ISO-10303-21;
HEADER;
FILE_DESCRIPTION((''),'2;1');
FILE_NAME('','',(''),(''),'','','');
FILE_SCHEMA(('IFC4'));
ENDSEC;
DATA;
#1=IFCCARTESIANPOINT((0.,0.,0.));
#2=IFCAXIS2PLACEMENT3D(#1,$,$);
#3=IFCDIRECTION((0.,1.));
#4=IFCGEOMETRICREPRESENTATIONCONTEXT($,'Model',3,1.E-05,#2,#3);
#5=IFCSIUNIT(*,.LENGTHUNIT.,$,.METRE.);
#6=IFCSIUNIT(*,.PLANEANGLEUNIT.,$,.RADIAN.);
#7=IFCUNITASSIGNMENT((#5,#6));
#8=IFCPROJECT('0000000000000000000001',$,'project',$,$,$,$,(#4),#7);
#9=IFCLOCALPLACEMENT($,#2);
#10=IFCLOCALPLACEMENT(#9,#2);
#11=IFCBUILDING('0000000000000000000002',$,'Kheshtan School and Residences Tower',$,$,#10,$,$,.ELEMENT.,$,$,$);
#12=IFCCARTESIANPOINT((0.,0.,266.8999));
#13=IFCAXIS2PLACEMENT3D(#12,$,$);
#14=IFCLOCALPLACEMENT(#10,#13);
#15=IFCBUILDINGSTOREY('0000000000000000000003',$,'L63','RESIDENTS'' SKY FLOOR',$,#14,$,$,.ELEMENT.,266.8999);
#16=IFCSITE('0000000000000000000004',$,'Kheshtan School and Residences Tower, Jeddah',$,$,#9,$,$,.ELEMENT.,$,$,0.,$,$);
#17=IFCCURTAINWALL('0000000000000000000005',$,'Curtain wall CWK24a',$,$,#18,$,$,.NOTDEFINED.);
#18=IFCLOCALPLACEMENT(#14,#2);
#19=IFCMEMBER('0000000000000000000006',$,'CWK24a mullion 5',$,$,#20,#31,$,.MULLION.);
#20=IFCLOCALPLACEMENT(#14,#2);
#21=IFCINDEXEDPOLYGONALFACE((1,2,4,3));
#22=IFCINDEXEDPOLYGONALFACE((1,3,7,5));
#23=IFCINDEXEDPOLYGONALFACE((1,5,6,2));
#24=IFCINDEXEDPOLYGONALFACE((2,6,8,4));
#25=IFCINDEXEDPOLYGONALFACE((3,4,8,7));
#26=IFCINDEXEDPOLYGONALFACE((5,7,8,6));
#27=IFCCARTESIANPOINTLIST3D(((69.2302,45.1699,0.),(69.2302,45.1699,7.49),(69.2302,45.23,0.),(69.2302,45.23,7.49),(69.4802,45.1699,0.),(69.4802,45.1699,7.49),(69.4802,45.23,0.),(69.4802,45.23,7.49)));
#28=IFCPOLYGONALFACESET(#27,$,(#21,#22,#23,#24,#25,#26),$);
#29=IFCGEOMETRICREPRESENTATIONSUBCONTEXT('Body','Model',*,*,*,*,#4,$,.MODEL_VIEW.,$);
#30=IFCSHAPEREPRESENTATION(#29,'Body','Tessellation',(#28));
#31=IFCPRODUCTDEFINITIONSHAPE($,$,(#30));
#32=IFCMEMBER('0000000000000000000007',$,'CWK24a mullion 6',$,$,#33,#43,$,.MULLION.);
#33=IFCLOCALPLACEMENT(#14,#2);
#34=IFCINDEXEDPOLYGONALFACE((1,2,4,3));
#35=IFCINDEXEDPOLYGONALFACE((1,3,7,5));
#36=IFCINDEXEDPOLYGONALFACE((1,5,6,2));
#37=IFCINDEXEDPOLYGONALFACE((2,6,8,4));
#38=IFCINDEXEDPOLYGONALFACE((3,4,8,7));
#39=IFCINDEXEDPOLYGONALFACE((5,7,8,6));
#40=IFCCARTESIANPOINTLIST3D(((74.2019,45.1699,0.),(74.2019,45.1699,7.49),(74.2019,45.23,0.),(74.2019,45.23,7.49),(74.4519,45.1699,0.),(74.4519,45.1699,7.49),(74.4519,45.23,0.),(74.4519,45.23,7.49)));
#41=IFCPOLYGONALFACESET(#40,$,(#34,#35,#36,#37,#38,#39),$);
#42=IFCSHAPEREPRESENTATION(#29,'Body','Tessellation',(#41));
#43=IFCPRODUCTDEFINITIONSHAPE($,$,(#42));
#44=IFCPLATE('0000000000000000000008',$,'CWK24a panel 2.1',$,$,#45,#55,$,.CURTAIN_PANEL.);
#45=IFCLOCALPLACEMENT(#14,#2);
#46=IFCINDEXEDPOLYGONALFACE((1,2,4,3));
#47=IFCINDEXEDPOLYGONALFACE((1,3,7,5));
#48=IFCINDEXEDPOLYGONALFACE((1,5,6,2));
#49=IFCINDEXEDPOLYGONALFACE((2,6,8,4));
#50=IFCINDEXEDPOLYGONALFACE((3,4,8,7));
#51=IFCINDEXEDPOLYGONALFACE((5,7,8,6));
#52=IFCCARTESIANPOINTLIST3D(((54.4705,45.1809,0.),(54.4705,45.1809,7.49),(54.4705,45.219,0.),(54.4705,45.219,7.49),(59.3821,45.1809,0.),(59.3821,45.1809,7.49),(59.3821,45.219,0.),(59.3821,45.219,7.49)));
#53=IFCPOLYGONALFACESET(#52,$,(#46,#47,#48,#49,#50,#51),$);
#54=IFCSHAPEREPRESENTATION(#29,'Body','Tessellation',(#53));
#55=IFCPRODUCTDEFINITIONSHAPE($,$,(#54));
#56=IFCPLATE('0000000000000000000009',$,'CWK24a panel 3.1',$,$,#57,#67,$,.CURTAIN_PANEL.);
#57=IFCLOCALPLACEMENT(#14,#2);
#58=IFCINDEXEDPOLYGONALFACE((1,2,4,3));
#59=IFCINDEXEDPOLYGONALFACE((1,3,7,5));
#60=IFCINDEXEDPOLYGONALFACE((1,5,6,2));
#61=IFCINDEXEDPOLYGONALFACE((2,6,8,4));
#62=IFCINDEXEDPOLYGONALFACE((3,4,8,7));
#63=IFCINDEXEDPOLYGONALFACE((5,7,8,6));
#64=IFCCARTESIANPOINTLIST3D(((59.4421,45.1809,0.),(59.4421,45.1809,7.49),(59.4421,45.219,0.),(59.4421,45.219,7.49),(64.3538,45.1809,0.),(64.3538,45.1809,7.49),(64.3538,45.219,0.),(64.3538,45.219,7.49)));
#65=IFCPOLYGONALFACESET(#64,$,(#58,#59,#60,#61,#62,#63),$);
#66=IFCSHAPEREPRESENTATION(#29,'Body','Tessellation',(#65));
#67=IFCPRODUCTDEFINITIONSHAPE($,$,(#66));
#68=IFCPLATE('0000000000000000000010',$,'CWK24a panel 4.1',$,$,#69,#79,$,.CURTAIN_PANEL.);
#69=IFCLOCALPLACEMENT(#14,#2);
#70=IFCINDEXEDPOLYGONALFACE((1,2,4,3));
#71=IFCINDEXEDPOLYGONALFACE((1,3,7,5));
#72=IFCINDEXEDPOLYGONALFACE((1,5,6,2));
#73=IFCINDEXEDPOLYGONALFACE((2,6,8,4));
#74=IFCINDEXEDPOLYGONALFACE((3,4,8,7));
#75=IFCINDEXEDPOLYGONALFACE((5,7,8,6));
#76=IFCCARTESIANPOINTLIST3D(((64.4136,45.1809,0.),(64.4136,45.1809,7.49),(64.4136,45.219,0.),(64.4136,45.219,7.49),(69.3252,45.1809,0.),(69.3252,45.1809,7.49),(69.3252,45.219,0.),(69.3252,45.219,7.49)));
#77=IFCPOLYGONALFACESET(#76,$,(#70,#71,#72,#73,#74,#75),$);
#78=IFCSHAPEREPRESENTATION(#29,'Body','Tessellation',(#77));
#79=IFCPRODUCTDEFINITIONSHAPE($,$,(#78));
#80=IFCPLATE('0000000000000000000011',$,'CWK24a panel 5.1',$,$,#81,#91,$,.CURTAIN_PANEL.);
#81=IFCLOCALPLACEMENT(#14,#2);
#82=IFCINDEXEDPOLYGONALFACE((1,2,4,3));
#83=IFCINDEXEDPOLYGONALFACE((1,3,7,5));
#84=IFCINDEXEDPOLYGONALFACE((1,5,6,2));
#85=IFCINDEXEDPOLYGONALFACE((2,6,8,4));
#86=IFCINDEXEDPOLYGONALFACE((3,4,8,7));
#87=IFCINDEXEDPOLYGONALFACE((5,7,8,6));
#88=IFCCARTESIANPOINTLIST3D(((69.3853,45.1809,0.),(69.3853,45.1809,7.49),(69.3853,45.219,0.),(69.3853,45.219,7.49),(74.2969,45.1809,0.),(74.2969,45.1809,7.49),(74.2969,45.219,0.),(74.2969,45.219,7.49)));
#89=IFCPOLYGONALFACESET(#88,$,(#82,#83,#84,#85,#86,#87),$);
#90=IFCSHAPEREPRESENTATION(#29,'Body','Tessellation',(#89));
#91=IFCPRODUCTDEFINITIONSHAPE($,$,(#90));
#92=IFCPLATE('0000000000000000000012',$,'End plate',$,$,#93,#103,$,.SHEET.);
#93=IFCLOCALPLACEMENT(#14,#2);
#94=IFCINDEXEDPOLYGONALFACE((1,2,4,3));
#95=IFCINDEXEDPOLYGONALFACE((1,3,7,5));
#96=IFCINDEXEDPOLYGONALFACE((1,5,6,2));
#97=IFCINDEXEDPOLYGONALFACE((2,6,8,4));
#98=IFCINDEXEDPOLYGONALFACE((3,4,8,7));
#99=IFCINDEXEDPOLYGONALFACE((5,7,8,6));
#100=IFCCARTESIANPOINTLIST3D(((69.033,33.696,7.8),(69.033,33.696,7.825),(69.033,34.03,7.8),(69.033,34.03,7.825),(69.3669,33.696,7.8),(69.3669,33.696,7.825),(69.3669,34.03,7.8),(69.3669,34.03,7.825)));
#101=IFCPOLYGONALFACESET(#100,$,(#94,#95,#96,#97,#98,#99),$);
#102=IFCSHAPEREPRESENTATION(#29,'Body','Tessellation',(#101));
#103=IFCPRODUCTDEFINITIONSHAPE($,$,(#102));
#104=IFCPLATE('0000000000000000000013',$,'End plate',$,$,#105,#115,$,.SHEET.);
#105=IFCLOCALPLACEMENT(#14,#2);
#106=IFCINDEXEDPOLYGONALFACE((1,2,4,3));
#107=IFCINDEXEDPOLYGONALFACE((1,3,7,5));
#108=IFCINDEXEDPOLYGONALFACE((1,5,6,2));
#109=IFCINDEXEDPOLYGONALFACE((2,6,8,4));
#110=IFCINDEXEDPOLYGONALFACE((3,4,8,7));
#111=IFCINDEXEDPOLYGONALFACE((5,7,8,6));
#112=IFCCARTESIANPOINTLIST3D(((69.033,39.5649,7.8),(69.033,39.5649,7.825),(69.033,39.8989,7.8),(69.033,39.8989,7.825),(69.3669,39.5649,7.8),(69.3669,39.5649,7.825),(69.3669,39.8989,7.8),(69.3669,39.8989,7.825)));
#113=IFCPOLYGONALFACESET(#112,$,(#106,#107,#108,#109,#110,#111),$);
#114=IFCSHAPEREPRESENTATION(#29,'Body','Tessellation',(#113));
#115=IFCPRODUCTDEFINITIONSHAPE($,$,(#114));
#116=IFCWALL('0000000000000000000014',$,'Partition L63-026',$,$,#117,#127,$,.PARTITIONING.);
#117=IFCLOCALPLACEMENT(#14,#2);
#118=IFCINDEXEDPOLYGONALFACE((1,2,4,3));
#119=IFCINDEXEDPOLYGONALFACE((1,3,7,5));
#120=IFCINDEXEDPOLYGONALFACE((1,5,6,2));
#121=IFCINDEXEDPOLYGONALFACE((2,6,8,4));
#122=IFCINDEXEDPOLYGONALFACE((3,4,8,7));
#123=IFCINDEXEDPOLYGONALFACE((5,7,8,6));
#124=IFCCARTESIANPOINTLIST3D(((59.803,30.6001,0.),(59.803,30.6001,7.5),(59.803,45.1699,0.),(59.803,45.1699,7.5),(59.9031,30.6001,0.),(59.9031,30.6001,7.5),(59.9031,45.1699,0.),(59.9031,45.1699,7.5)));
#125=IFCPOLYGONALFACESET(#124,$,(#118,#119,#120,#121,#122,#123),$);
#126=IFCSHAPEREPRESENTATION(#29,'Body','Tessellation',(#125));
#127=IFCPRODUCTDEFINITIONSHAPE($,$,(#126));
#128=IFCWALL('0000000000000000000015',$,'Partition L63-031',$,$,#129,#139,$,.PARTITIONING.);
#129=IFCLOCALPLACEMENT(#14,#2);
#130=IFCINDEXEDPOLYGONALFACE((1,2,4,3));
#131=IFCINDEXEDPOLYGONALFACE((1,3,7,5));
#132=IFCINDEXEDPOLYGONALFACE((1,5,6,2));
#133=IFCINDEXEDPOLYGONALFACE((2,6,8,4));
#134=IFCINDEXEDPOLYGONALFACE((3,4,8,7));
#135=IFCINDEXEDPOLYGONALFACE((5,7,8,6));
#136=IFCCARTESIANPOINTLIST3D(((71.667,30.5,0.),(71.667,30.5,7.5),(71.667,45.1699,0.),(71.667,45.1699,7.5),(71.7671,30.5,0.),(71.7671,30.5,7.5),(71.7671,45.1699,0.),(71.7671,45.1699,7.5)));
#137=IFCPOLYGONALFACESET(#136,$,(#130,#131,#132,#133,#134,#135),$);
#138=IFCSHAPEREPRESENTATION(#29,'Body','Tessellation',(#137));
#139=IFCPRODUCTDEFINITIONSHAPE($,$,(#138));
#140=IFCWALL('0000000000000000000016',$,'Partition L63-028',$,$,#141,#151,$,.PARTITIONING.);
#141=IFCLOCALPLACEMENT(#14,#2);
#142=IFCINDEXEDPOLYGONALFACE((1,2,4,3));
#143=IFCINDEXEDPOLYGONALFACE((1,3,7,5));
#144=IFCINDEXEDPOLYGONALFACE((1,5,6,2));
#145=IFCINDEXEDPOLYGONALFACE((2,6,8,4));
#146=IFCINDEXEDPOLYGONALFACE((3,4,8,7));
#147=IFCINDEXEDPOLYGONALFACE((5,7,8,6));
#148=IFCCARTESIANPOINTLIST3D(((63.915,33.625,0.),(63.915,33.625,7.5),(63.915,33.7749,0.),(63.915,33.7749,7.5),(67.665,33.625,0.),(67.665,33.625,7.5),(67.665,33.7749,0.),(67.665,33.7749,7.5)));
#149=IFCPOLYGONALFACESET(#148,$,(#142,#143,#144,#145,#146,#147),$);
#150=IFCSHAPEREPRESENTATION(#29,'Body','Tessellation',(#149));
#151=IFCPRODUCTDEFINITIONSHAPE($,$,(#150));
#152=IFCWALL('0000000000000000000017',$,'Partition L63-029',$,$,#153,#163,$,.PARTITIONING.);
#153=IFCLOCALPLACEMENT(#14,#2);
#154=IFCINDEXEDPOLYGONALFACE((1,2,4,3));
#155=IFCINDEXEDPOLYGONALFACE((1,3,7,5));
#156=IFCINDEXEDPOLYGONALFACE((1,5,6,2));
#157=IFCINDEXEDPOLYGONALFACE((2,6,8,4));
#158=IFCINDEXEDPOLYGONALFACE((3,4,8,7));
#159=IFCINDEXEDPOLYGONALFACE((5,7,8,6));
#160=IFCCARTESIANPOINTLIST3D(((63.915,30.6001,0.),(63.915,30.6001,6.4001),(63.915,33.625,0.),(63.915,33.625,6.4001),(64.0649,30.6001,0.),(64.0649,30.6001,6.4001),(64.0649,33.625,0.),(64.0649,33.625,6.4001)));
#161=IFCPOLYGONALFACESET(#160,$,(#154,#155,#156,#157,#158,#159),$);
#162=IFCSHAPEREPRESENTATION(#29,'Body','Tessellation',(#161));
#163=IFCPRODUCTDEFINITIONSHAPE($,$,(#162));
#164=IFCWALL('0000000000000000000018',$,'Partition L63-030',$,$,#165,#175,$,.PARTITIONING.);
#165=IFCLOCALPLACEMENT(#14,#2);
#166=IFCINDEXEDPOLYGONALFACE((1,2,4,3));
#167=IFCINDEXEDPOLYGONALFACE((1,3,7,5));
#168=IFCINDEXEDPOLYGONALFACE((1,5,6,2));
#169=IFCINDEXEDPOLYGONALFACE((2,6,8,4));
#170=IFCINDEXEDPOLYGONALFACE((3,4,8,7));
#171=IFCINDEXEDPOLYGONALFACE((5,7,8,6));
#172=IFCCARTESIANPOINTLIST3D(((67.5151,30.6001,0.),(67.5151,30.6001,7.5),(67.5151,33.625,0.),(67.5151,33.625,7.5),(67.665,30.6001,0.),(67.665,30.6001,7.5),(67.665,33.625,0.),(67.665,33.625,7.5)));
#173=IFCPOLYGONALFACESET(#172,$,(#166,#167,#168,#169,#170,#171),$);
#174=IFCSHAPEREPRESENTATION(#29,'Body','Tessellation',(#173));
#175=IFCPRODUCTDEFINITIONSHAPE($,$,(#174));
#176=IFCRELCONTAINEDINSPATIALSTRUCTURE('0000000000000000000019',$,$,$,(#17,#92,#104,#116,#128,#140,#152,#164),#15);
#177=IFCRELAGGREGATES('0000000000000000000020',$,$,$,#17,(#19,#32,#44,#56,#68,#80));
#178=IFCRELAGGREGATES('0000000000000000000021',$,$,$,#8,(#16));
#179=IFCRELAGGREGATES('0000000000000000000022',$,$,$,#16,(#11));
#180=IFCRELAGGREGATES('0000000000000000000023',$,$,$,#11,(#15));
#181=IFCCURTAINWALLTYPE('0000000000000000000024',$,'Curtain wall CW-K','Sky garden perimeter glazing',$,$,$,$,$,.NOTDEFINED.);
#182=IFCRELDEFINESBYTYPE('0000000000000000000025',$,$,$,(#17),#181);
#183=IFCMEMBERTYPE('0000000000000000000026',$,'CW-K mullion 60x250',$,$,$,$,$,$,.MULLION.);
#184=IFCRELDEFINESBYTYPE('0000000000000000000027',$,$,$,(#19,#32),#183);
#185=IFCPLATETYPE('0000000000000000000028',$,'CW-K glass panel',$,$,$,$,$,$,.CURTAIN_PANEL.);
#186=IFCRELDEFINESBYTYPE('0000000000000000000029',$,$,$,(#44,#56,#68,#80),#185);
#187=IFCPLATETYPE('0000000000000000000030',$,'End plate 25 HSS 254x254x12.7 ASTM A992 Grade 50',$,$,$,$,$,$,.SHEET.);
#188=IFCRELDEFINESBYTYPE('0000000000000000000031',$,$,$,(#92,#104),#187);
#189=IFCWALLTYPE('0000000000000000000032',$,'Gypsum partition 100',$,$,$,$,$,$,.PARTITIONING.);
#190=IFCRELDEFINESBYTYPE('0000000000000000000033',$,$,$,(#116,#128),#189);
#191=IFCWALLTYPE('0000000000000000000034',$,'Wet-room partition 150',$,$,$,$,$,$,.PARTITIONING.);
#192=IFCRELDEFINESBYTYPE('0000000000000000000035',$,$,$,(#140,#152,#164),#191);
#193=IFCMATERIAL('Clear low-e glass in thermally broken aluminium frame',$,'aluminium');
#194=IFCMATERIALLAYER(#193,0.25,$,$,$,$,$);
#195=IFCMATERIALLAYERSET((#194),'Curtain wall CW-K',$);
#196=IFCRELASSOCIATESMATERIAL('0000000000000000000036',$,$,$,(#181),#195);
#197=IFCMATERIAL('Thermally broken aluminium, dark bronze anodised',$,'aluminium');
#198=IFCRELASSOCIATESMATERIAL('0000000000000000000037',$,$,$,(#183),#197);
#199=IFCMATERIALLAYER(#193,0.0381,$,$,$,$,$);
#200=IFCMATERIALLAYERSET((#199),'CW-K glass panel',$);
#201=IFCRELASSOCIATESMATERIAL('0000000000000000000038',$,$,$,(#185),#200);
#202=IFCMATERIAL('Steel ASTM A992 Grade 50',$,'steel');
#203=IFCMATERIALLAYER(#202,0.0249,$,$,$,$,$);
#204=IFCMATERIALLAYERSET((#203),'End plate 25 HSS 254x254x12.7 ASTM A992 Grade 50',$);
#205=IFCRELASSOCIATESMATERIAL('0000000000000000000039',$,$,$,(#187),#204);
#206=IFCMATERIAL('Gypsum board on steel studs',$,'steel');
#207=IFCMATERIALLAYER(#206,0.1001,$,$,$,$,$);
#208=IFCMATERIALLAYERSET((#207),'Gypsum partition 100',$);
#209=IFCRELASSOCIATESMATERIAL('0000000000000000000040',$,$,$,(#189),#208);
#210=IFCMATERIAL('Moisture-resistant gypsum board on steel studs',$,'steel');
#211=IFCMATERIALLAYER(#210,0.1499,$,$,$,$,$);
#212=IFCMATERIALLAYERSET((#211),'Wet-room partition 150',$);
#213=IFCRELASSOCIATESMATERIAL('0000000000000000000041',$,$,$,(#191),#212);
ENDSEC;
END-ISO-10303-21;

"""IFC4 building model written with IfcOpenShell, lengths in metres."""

from ifc_helpers import new_model, si_unit, direction, frame, frame_2d, origin, origin_2d, place, context, subcontext, project, spatial, rectangle, extrude, material, layer, layer_set, material_profile, profile_set, type_object, element, aggregate, save


model = new_model("IFC4")

# Units and contexts
model_context = context("Model", 3, precision=1e-05, world=origin(), true_north=direction((0.0, 1.0)))
body_context = subcontext(model_context, "Body", "Model", "MODEL_VIEW")
ifc_project = project(units=[si_unit("LENGTHUNIT", "METRE"), si_unit("PLANEANGLEUNIT", "RADIAN")], contexts=[model_context])

# Site, building, storey
site_placement = place(None, origin())
site = spatial("IfcSite", under=ifc_project, at=site_placement, Name="Kheshtan School and Residences Tower, Jeddah", CompositionType="ELEMENT", RefElevation=0.0)
building_placement = place(site_placement, origin())
building = spatial("IfcBuilding", under=site, at=building_placement, Name="Kheshtan School and Residences Tower", CompositionType="ELEMENT")
storey_placement = place(building_placement, frame((0.0, 0.0, 266.8999)))
storey = spatial("IfcBuildingStorey", under=building, at=storey_placement, Name="L63", Description="RESIDENTS' SKY FLOOR", CompositionType="ELEMENT", Elevation=266.8999)

# Shared definitions
ifc_material_1 = material(Name="Steel ASTM A992 Grade 50", Category="steel")

# Curtain wall, members, plates
ifc_material_2 = material(Name="Clear low-e glass in thermally broken aluminium frame", Category="aluminium")
ifc_layer_1 = layer(ifc_material_2, 0.25)
ifc_layer_set_1 = layer_set([ifc_layer_1], Name="Curtain wall CW-K")
curtain_wall_type = type_object("IfcCurtainWallType", Name="Curtain wall CW-K", Description="Sky garden perimeter glazing", PredefinedType="NOTDEFINED", material=ifc_layer_set_1)
curtain_wall_placement = place(storey_placement, origin())
curtain_wall = element("IfcCurtainWall", 1, at=curtain_wall_placement, inside=storey, type_object=curtain_wall_type, Name="Curtain wall CWK24a", PredefinedType="NOTDEFINED")
ifc_material_3 = material(Name="Thermally broken aluminium, dark bronze anodised", Category="aluminium")
ifc_material_profile_1 = material_profile(ifc_material_3, rectangle(XDim=0.0601, YDim=0.25, at=origin_2d()), Name="CW-K mullion 60x250")
ifc_profile_set_1 = profile_set([ifc_material_profile_1], Name="Thermally broken aluminium, dark bronze anodised")
member_type = type_object("IfcMemberType", Name="CW-K mullion 60x250", PredefinedType="MULLION", material=ifc_profile_set_1)
member_1_placement = place(storey_placement, frame((69.3552, 45.2, 0.0), z_axis=(0.0, 0.0, 1.0), x_axis=(0.0, 1.0, 0.0)))
member_1 = element("IfcMember", 2, at=member_1_placement, type_object=member_type, Name="CWK24a mullion 5", PredefinedType="MULLION", context=body_context, shape_type="SweptSolid", body=[
    extrude(rectangle(XDim=0.0601, YDim=0.25, at=origin_2d()), origin(), (0.0, 0.0, 1.0), 7.49),
])
member_2_placement = place(storey_placement, frame((74.3269, 45.2, 0.0), z_axis=(0.0, 0.0, 1.0), x_axis=(0.0, 1.0, 0.0)))
member_2 = element("IfcMember", 3, at=member_2_placement, type_object=member_type, Name="CWK24a mullion 6", PredefinedType="MULLION", context=body_context, shape_type="SweptSolid", body=[
    extrude(rectangle(XDim=0.0601, YDim=0.25, at=origin_2d()), origin(), (0.0, 0.0, 1.0), 7.49),
])
ifc_layer_2 = layer(ifc_material_2, 0.0381)
ifc_layer_set_2 = layer_set([ifc_layer_2], Name="CW-K glass panel")
plate_type_1 = type_object("IfcPlateType", Name="CW-K glass panel", PredefinedType="CURTAIN_PANEL", material=ifc_layer_set_2)
plate_1_placement = place(storey_placement, frame((56.9263, 45.2, 0.0), z_axis=(0.0, 0.0, 1.0), x_axis=(1.0, 0.0, 0.0)))
plate_1 = element("IfcPlate", 4, at=plate_1_placement, type_object=plate_type_1, Name="CWK24a panel 2.1", PredefinedType="CURTAIN_PANEL", context=body_context, shape_type="SweptSolid", body=[
    extrude(rectangle(XDim=4.9116, YDim=0.0381, at=origin_2d()), origin(), (0.0, 0.0, 1.0), 7.49),
])
plate_2_placement = place(storey_placement, frame((61.8979, 45.2, 0.0), z_axis=(0.0, 0.0, 1.0), x_axis=(1.0, 0.0, 0.0)))
plate_2 = element("IfcPlate", 5, at=plate_2_placement, type_object=plate_type_1, Name="CWK24a panel 3.1", PredefinedType="CURTAIN_PANEL", context=body_context, shape_type="SweptSolid", body=[
    extrude(rectangle(XDim=4.9116, YDim=0.0381, at=origin_2d()), origin(), (0.0, 0.0, 1.0), 7.49),
])
plate_3_placement = place(storey_placement, frame((66.8694, 45.2, 0.0), z_axis=(0.0, 0.0, 1.0), x_axis=(1.0, 0.0, 0.0)))
plate_3 = element("IfcPlate", 6, at=plate_3_placement, type_object=plate_type_1, Name="CWK24a panel 4.1", PredefinedType="CURTAIN_PANEL", context=body_context, shape_type="SweptSolid", body=[
    extrude(rectangle(XDim=4.9116, YDim=0.0381, at=origin_2d()), origin(), (0.0, 0.0, 1.0), 7.49),
])
plate_4_placement = place(storey_placement, frame((71.8411, 45.2, 0.0), z_axis=(0.0, 0.0, 1.0), x_axis=(1.0, 0.0, 0.0)))
plate_4 = element("IfcPlate", 7, at=plate_4_placement, type_object=plate_type_1, Name="CWK24a panel 5.1", PredefinedType="CURTAIN_PANEL", context=body_context, shape_type="SweptSolid", body=[
    extrude(rectangle(XDim=4.9116, YDim=0.0381, at=origin_2d()), origin(), (0.0, 0.0, 1.0), 7.49),
])
aggregate(curtain_wall, [member_1, member_2, plate_1, plate_2, plate_3, plate_4])

# Plates
ifc_layer_3 = layer(ifc_material_1, 0.0249)
ifc_layer_set_3 = layer_set([ifc_layer_3], Name="End plate 25 HSS 254x254x12.7 ASTM A992 Grade 50")
plate_type_2 = type_object("IfcPlateType", Name="End plate 25 HSS 254x254x12.7 ASTM A992 Grade 50", PredefinedType="SHEET", material=ifc_layer_set_3)
for number, where, z_axis, x_axis, name in (
    (8, (69.2, 33.863, 7.8), (0.0, 0.0, 1.0), (1.0, 0.0, 0.0), "End plate"),
    (9, (69.2, 39.7319, 7.8), (0.0, 0.0, 1.0), (1.0, 0.0, 0.0), "End plate"),
):
    element("IfcPlate", number, at=place(storey_placement, frame(where, z_axis=z_axis, x_axis=x_axis)), inside=storey, type_object=plate_type_2, Name=name, PredefinedType="SHEET", context=body_context, shape_type="SweptSolid", body=[
        extrude(rectangle(XDim=0.334, YDim=0.334, at=origin_2d()), origin(), (0.0, 0.0, 1.0), 0.0249),
    ])

# Walls
ifc_material_4 = material(Name="Gypsum board on steel studs", Category="steel")
ifc_layer_4 = layer(ifc_material_4, 0.1001)
ifc_layer_set_4 = layer_set([ifc_layer_4], Name="Gypsum partition 100")
wall_type_1 = type_object("IfcWallType", Name="Gypsum partition 100", PredefinedType="PARTITIONING", material=ifc_layer_set_4)
wall_1_placement = place(storey_placement, frame((59.853, 30.6001, 0.0), z_axis=(0.0, 0.0, 1.0), x_axis=(0.0, 1.0, 0.0)))
element("IfcWall", 10, at=wall_1_placement, inside=storey, type_object=wall_type_1, Name="Partition L63-026", PredefinedType="PARTITIONING", context=body_context, shape_type="SweptSolid", body=[
    extrude(rectangle(XDim=14.5698, YDim=0.1001, at=frame_2d((7.2849, 0.0))), origin(), (0.0, 0.0, 1.0), 7.5),
])
wall_2_placement = place(storey_placement, frame((71.717, 30.5, 0.0), z_axis=(0.0, 0.0, 1.0), x_axis=(0.0, 1.0, 0.0)))
element("IfcWall", 11, at=wall_2_placement, inside=storey, type_object=wall_type_1, Name="Partition L63-031", PredefinedType="PARTITIONING", context=body_context, shape_type="SweptSolid", body=[
    extrude(rectangle(XDim=14.6699, YDim=0.1001, at=frame_2d((7.335, 0.0))), origin(), (0.0, 0.0, 1.0), 7.5),
])
ifc_material_5 = material(Name="Moisture-resistant gypsum board on steel studs", Category="steel")
ifc_layer_5 = layer(ifc_material_5, 0.1499)
ifc_layer_set_5 = layer_set([ifc_layer_5], Name="Wet-room partition 150")
wall_type_2 = type_object("IfcWallType", Name="Wet-room partition 150", PredefinedType="PARTITIONING", material=ifc_layer_set_5)
wall_3_placement = place(storey_placement, frame((63.915, 33.7, 0.0), z_axis=(0.0, 0.0, 1.0), x_axis=(1.0, 0.0, 0.0)))
element("IfcWall", 12, at=wall_3_placement, inside=storey, type_object=wall_type_2, Name="Partition L63-028", PredefinedType="PARTITIONING", context=body_context, shape_type="SweptSolid", body=[
    extrude(rectangle(XDim=3.75, YDim=0.1499, at=frame_2d((1.875, 0.0))), origin(), (0.0, 0.0, 1.0), 7.5),
])
wall_4_placement = place(storey_placement, frame((63.99, 30.6001, 0.0), z_axis=(0.0, 0.0, 1.0), x_axis=(0.0, 1.0, 0.0)))
element("IfcWall", 13, at=wall_4_placement, inside=storey, type_object=wall_type_2, Name="Partition L63-029", PredefinedType="PARTITIONING", context=body_context, shape_type="SweptSolid", body=[
    extrude(rectangle(XDim=3.0249, YDim=0.1499, at=frame_2d((1.5125, 0.0))), origin(), (0.0, 0.0, 1.0), 6.4001),
])
wall_5_placement = place(storey_placement, frame((67.5901, 30.6001, 0.0), z_axis=(0.0, 0.0, 1.0), x_axis=(0.0, 1.0, 0.0)))
element("IfcWall", 14, at=wall_5_placement, inside=storey, type_object=wall_type_2, Name="Partition L63-030", PredefinedType="PARTITIONING", context=body_context, shape_type="SweptSolid", body=[
    extrude(rectangle(XDim=3.0249, YDim=0.1499, at=frame_2d((1.5125, 0.0))), origin(), (0.0, 0.0, 1.0), 7.5),
])

save(model, "model.ifc")
